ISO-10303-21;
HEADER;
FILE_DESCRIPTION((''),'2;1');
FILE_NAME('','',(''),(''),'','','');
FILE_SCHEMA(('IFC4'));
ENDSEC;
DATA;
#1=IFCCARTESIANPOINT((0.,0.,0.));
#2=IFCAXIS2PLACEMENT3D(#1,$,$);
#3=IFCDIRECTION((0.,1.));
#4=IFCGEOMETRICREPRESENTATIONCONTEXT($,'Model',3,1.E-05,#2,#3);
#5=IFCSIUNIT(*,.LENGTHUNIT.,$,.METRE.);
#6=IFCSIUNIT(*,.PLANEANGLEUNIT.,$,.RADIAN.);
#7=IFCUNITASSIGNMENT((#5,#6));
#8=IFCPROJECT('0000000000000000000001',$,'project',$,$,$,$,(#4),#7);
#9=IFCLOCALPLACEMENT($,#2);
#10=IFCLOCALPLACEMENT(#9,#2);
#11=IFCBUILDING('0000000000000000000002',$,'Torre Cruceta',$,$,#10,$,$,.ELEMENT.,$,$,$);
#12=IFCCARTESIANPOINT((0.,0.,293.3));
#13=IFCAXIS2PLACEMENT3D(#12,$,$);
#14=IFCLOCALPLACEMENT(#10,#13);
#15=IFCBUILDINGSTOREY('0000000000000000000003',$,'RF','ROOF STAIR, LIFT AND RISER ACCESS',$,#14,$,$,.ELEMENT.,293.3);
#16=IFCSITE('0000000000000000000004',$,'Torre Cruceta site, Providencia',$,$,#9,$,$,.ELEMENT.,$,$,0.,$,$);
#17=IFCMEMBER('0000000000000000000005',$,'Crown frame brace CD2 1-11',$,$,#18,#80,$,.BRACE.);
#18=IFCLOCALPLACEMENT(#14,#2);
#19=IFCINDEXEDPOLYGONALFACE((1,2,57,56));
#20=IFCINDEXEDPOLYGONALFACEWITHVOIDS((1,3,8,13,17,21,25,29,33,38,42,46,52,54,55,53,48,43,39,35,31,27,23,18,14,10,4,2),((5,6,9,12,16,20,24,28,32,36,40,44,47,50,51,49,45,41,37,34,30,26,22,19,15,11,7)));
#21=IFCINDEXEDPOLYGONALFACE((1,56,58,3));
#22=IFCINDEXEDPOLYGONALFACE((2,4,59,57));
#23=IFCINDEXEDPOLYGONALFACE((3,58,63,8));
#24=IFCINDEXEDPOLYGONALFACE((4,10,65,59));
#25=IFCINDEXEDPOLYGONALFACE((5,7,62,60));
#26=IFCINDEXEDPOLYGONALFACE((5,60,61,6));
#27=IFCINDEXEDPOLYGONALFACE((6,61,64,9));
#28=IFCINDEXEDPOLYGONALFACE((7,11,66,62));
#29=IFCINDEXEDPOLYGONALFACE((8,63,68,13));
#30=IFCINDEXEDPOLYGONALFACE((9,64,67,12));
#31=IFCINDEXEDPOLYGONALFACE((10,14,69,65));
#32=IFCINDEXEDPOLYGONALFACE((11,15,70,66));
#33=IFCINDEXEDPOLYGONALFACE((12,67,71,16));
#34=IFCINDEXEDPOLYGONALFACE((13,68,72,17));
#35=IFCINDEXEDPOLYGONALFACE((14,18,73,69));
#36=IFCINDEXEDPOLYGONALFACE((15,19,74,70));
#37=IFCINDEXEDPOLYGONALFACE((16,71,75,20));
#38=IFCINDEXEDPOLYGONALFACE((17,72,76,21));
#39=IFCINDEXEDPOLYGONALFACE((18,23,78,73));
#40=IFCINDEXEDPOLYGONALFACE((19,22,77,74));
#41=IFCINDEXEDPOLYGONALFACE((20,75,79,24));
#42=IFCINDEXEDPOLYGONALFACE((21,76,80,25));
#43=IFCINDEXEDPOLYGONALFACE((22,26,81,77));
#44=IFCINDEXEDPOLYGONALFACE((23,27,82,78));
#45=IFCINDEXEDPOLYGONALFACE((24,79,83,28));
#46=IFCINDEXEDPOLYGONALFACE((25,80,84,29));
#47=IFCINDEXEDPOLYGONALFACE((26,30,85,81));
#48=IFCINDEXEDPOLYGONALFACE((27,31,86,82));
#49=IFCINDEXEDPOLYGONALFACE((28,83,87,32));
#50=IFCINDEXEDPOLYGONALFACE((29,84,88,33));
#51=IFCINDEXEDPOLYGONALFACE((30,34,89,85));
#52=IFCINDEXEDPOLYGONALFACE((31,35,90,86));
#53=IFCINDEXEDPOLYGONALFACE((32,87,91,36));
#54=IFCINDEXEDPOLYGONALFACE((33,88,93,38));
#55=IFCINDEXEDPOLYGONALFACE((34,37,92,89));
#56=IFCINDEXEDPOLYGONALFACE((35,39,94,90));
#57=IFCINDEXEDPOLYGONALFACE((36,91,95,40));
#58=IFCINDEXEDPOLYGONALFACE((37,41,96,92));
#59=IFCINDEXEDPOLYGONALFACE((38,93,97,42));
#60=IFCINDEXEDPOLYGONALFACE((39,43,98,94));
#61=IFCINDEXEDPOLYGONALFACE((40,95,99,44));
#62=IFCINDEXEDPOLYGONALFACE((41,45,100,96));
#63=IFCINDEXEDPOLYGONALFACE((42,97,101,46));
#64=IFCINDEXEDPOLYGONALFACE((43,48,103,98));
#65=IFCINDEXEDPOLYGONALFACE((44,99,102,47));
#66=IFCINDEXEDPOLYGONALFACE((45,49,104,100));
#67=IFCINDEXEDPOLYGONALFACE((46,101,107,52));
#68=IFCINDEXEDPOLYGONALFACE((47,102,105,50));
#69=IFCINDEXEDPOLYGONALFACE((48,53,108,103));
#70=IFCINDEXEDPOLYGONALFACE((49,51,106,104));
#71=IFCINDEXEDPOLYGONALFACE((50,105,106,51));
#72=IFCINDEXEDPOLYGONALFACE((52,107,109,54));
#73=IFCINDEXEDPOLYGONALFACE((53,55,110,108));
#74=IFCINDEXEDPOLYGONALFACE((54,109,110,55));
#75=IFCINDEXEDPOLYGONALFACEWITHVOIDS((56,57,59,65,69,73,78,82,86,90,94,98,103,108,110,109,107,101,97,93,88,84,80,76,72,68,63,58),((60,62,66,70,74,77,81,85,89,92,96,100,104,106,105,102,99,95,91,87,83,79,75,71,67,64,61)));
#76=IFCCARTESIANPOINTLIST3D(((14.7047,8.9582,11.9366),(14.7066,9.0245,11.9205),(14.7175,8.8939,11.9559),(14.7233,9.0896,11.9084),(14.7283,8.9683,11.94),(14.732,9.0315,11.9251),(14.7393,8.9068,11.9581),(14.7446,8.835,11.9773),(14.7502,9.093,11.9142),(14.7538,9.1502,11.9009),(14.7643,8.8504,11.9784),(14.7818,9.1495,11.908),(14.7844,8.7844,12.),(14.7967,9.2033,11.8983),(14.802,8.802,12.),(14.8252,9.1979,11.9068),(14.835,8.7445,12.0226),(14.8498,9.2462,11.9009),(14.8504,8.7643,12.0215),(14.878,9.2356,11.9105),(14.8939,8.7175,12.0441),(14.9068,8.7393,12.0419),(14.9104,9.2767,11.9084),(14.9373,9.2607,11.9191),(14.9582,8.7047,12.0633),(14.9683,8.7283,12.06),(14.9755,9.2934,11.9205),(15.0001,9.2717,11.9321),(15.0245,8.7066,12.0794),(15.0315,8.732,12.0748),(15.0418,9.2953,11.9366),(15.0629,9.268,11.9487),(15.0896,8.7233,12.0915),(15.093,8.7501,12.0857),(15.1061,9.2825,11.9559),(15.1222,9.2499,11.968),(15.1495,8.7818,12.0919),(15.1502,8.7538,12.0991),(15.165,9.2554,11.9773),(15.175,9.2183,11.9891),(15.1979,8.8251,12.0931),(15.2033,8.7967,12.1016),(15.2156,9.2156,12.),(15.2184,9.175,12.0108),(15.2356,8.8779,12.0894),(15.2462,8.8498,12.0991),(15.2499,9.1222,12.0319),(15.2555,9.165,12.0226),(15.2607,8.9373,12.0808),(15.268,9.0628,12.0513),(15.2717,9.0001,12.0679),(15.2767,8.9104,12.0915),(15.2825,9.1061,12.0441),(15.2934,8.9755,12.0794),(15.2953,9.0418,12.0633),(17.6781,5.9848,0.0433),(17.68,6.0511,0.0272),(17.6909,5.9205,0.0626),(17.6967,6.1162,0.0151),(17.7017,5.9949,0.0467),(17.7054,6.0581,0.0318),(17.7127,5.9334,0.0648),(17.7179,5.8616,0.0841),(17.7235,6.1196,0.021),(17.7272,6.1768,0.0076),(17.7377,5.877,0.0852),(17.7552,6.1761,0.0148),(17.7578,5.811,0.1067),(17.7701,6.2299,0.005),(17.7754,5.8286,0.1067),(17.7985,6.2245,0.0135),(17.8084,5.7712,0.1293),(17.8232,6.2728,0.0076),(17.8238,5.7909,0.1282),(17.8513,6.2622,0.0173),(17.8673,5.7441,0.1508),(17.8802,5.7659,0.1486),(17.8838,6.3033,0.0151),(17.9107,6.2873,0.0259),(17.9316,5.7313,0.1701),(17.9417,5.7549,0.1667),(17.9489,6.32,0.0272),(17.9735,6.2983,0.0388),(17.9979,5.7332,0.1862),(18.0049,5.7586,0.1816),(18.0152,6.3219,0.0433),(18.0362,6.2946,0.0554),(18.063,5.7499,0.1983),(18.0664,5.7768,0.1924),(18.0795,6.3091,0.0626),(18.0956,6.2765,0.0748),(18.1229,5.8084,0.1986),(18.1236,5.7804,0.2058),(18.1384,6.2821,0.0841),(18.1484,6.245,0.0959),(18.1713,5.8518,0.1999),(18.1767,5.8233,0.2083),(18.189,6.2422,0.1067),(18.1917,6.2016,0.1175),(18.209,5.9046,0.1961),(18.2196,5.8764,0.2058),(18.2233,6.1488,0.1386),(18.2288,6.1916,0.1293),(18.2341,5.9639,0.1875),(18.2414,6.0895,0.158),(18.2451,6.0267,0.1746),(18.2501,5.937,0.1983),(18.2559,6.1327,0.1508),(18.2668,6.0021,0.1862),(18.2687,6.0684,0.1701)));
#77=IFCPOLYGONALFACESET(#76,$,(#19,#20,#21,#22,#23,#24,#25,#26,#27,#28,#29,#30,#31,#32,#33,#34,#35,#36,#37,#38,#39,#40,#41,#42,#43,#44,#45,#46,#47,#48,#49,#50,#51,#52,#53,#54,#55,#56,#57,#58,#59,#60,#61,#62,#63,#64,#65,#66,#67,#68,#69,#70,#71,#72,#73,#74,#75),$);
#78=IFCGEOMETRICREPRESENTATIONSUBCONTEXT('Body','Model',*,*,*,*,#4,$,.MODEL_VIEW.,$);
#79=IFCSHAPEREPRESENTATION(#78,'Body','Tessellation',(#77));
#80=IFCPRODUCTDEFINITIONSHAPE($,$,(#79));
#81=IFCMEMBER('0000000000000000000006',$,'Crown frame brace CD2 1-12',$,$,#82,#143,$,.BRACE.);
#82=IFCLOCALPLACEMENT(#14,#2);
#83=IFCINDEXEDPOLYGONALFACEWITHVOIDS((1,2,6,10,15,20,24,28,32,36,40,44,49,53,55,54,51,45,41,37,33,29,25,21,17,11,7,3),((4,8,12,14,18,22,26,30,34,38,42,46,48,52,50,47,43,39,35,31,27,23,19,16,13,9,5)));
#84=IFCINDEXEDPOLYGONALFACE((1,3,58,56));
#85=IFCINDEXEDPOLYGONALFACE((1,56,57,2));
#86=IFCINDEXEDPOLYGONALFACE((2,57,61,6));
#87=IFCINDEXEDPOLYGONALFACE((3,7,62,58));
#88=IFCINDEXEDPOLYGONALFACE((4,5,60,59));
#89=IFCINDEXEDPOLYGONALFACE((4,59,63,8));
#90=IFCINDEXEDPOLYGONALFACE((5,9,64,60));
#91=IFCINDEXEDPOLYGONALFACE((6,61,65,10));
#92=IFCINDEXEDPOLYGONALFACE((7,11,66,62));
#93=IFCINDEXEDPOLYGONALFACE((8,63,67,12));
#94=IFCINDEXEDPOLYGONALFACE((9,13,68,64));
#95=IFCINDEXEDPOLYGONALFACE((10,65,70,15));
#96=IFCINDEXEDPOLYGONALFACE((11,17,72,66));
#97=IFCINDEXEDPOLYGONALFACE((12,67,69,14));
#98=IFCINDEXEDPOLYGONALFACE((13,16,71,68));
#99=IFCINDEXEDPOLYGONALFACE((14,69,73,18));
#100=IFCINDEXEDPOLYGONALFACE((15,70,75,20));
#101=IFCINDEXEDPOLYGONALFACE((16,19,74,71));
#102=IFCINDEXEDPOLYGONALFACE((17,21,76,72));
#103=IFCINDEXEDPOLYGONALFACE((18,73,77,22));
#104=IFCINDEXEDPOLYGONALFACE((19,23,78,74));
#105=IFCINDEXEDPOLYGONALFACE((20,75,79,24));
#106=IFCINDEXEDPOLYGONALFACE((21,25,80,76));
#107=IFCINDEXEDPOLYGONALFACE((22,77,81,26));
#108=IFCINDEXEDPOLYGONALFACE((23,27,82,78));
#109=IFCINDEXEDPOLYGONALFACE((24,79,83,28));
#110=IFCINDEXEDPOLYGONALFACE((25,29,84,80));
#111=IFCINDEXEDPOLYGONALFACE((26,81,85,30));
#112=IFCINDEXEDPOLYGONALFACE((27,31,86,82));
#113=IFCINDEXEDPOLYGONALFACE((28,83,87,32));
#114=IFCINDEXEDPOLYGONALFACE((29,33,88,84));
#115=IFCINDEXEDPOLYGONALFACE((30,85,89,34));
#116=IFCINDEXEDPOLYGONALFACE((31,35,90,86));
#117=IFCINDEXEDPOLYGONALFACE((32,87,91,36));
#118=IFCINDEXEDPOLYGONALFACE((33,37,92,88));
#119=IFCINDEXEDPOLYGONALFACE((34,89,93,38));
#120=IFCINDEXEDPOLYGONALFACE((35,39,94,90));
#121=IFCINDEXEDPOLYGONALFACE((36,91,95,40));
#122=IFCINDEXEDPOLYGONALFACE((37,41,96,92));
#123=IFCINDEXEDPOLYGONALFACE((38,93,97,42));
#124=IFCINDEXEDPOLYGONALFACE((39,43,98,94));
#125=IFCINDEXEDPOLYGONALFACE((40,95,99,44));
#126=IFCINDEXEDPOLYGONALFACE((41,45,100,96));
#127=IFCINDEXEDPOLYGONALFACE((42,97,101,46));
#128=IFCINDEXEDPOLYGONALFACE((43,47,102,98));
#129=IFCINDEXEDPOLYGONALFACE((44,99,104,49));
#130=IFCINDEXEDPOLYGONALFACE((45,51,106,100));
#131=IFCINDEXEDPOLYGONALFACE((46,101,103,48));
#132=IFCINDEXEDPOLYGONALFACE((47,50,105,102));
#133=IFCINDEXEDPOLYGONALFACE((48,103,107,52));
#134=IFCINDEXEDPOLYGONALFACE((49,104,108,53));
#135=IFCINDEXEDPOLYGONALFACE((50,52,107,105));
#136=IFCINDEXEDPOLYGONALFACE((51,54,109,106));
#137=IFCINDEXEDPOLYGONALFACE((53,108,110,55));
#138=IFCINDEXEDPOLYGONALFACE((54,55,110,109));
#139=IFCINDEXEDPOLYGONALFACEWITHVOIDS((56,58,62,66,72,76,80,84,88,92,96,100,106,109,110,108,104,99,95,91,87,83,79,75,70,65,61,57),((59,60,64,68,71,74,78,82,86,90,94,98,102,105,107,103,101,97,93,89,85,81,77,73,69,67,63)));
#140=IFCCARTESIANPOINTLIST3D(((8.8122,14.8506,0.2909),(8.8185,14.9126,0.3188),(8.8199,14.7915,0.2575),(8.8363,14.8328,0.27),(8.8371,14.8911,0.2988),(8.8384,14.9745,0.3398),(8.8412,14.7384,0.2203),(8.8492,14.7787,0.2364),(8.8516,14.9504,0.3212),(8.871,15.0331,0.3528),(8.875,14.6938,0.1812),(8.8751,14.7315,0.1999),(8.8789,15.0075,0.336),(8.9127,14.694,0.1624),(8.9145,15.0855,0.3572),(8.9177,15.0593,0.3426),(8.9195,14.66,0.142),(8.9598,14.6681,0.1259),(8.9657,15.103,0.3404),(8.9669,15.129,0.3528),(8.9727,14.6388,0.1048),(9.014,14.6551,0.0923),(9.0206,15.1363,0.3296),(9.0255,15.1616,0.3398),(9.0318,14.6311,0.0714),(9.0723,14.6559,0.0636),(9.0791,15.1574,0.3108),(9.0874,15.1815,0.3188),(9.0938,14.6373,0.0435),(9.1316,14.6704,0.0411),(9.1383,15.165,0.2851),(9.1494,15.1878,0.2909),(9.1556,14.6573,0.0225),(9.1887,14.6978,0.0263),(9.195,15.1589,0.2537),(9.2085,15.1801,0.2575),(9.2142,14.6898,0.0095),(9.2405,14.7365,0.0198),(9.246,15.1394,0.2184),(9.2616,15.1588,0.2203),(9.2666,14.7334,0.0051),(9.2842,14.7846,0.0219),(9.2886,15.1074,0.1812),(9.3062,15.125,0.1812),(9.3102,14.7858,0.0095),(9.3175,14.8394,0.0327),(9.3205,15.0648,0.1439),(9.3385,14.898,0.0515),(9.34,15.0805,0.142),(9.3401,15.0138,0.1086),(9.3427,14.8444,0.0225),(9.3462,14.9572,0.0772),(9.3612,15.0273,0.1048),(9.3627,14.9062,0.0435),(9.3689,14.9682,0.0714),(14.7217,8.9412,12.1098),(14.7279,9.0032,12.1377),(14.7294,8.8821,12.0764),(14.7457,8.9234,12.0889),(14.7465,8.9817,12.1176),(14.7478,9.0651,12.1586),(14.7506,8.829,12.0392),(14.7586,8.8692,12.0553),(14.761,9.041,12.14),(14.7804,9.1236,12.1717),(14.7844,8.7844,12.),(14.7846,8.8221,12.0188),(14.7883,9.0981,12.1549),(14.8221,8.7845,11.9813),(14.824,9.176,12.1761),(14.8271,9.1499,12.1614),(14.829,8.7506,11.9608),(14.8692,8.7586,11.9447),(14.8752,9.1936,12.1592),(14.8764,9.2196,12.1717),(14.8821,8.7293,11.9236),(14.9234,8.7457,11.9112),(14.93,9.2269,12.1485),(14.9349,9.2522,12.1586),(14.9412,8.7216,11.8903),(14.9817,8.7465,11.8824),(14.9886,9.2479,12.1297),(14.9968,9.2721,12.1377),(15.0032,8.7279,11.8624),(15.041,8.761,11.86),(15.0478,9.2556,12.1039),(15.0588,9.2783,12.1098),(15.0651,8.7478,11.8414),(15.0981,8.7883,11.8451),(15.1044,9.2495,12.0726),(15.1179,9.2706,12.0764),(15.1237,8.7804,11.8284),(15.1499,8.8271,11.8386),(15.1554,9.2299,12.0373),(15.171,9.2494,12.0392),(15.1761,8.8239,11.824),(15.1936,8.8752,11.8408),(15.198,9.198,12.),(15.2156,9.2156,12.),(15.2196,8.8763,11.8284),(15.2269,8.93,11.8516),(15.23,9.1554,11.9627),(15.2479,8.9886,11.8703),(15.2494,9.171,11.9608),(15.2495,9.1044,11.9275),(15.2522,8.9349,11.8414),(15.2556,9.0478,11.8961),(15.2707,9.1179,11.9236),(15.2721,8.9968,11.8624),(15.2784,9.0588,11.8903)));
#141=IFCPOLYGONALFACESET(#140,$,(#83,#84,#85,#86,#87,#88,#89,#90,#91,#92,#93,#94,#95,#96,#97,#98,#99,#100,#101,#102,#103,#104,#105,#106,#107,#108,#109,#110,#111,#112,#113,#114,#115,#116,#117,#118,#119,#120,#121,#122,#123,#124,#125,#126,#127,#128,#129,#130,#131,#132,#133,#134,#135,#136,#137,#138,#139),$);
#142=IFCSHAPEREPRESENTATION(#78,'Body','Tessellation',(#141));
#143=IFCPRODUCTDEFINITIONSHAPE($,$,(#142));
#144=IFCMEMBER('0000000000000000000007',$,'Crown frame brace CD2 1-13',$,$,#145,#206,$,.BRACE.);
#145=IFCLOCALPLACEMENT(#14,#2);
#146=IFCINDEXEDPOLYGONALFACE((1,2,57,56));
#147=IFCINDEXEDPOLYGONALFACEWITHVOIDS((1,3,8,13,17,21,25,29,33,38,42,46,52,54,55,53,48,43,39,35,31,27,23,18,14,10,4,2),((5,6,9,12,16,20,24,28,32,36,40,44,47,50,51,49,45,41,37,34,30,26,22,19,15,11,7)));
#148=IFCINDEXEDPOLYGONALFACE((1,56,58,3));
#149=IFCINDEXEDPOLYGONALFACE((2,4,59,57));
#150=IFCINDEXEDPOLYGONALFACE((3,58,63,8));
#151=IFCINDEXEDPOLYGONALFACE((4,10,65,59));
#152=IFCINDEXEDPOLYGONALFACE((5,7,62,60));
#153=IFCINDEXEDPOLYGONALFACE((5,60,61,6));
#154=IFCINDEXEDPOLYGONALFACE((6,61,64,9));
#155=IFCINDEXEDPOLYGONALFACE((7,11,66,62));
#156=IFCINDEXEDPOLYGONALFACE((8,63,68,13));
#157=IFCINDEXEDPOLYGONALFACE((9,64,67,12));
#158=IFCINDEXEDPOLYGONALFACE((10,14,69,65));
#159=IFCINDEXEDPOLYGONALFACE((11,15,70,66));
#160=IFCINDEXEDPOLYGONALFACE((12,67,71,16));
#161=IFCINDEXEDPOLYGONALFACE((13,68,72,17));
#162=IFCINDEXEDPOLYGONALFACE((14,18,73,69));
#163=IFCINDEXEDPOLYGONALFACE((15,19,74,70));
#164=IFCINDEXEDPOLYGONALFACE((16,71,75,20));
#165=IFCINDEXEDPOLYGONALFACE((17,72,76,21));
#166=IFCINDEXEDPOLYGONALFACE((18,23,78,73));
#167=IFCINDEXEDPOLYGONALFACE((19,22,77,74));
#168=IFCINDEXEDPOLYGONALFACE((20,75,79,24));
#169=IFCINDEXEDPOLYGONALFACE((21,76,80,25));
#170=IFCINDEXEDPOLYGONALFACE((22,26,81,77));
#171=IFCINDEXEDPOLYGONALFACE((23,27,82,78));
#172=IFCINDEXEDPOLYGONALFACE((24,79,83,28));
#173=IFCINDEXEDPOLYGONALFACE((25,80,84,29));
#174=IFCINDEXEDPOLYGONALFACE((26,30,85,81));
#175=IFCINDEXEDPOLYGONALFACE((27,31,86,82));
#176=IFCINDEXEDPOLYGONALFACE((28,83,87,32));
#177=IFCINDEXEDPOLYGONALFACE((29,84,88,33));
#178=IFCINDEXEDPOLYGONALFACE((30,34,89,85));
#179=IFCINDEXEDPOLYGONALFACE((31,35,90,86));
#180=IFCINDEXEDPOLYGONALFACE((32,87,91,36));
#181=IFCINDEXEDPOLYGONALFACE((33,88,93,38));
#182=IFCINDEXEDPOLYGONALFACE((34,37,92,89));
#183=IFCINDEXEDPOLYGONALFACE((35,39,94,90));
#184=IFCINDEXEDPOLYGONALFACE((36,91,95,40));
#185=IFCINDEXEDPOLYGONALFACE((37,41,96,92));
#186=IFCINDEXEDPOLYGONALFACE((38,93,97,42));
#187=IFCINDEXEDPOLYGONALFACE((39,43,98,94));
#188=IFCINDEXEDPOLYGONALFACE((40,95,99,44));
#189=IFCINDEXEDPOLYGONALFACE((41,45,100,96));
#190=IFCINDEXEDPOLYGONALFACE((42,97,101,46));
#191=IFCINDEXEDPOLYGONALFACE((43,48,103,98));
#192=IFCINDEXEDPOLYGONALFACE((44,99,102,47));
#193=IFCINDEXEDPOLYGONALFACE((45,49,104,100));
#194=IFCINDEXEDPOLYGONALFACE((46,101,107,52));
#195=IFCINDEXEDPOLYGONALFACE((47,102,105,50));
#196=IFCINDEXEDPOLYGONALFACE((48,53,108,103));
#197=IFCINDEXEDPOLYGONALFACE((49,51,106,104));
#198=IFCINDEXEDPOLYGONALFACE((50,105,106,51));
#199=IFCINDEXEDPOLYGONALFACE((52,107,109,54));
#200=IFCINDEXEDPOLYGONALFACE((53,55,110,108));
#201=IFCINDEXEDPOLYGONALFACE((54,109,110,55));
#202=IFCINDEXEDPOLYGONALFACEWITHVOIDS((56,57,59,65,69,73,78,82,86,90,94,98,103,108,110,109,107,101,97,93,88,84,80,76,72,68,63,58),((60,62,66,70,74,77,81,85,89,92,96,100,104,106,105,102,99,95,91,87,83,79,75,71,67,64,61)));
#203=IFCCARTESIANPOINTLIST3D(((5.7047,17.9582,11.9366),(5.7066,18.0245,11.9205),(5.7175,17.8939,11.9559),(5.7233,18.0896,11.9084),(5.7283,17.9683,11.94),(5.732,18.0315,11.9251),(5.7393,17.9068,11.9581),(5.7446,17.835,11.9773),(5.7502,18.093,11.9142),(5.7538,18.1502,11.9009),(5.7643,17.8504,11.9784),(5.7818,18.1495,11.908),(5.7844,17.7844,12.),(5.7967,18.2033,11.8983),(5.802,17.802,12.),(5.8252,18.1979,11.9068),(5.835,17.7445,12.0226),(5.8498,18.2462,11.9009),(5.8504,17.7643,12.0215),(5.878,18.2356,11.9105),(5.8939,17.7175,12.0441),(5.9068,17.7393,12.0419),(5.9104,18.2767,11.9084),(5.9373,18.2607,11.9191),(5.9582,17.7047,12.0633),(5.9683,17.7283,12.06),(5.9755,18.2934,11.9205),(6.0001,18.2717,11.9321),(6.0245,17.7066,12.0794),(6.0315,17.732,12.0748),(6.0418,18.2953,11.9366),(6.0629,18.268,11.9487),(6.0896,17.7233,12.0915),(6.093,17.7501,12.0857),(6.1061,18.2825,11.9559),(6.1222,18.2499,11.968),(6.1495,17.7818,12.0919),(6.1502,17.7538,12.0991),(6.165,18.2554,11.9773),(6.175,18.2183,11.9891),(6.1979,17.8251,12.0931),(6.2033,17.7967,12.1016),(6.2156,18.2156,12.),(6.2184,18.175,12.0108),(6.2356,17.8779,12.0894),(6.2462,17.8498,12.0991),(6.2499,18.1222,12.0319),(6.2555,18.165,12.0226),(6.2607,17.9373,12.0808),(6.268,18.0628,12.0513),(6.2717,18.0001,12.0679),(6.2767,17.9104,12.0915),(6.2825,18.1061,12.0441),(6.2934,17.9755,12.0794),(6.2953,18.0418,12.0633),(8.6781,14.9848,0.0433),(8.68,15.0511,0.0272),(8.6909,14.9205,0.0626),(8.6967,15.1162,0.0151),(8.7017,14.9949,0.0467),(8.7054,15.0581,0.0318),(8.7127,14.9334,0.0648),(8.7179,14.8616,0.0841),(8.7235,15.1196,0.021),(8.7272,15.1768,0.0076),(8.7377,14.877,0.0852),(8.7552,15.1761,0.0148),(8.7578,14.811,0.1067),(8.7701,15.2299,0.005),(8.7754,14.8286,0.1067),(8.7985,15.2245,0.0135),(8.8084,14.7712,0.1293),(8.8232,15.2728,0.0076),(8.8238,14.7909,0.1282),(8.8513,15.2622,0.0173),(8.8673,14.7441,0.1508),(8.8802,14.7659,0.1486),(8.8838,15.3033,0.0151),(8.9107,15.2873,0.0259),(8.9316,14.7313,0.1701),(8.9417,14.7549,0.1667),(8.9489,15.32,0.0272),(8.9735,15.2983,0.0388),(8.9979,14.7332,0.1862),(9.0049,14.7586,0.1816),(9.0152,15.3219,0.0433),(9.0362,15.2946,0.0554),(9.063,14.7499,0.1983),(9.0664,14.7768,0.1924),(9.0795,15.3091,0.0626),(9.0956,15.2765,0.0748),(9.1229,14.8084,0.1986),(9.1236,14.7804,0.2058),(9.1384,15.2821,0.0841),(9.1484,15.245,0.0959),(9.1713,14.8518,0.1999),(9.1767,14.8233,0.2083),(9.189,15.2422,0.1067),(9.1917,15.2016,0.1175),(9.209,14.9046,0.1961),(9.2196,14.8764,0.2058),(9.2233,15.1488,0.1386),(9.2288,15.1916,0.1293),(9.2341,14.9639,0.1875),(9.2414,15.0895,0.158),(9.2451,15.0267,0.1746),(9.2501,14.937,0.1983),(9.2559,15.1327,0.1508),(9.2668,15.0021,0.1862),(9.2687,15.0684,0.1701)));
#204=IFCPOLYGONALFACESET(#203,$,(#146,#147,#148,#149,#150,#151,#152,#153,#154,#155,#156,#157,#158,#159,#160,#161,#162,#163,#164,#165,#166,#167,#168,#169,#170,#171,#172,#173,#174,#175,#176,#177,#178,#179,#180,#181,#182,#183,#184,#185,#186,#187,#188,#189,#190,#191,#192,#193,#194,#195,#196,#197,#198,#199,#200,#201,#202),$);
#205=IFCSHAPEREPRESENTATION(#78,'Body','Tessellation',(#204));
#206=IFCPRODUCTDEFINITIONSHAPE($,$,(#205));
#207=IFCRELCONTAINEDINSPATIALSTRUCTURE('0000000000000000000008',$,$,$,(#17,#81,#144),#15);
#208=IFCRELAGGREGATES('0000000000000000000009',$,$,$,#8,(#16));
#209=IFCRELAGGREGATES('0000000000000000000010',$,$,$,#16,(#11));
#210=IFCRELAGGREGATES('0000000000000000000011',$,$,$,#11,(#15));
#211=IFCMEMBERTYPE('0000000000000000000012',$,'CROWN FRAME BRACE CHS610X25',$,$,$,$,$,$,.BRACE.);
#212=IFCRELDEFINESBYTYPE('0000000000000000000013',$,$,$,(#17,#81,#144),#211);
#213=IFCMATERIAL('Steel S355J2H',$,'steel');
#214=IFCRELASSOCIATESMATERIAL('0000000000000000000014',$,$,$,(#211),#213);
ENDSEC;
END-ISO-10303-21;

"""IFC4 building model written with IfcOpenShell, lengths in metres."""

from ifc_helpers import new_model, si_unit, direction, frame, origin, origin_2d, place, context, subcontext, project, spatial, hollow_circle, extrude, material, material_profile, profile_set, type_object, element, save


model = new_model("IFC4")

# Units and contexts
model_context = context("Model", 3, precision=1e-05, world=origin(), true_north=direction((0.0, 1.0)))
body_context = subcontext(model_context, "Body", "Model", "MODEL_VIEW")
ifc_project = project(units=[si_unit("LENGTHUNIT", "METRE"), si_unit("PLANEANGLEUNIT", "RADIAN")], contexts=[model_context])

# Site, building, storey
site_placement = place(None, origin())
site = spatial("IfcSite", under=ifc_project, at=site_placement, Name="Torre Cruceta site, Providencia", CompositionType="ELEMENT", RefElevation=0.0)
building_placement = place(site_placement, origin())
building = spatial("IfcBuilding", under=site, at=building_placement, Name="Torre Cruceta", CompositionType="ELEMENT")
storey_placement = place(building_placement, frame((0.0, 0.0, 293.3)))
storey = spatial("IfcBuildingStorey", under=building, at=storey_placement, Name="RF", Description="ROOF STAIR, LIFT AND RISER ACCESS", CompositionType="ELEMENT", Elevation=293.3)

# Members
ifc_material_1 = material(Name="Steel S355J2H", Category="steel")
ifc_material_profile_1 = material_profile(ifc_material_1, hollow_circle(Radius=0.3049, WallThickness=0.0249, at=origin_2d()), Name="CHS610X25")
ifc_profile_set_1 = profile_set([ifc_material_profile_1], Name="Steel S355J2H")
member_type_1 = type_object("IfcMemberType", Name="CROWN FRAME BRACE CHS610X25", PredefinedType="BRACE", material=ifc_profile_set_1)
member_1_placement = place(storey_placement, frame((17.9734, 6.0266, 0.1067), z_axis=(-0.235707, 0.235707, 0.942807), x_axis=(-0.707107, -0.707107, 0.0)))
element("IfcMember", 1, at=member_1_placement, inside=storey, type_object=member_type_1, Name="Crown frame brace CD2 1-11", PredefinedType="BRACE", context=body_context, shape_type="SweptSolid", body=[
    extrude(hollow_circle(Radius=0.3049, WallThickness=0.0249, at=origin_2d()), origin(), (0.0, 0.0, 1.0), 12.6147),
])
member_2_placement = place(storey_placement, frame((9.0906, 14.9094, 0.1812), z_axis=(0.408248, -0.408248, 0.816497), x_axis=(0.707107, 0.707107, 0.0)))
element("IfcMember", 2, at=member_2_placement, inside=storey, type_object=member_type_1, Name="Crown frame brace CD2 1-12", PredefinedType="BRACE", context=body_context, shape_type="SweptSolid", body=[
    extrude(hollow_circle(Radius=0.3049, WallThickness=0.0249, at=origin_2d()), origin(), (0.0, 0.0, 1.0), 14.4751),
])
member_3_placement = place(storey_placement, frame((8.9734, 15.0266, 0.1067), z_axis=(-0.235707, 0.235707, 0.942807), x_axis=(-0.707107, -0.707107, 0.0)))
element("IfcMember", 3, at=member_3_placement, inside=storey, type_object=member_type_1, Name="Crown frame brace CD2 1-13", PredefinedType="BRACE", context=body_context, shape_type="SweptSolid", body=[
    extrude(hollow_circle(Radius=0.3049, WallThickness=0.0249, at=origin_2d()), origin(), (0.0, 0.0, 1.0), 12.6147),
])

save(model, "model.ifc")
